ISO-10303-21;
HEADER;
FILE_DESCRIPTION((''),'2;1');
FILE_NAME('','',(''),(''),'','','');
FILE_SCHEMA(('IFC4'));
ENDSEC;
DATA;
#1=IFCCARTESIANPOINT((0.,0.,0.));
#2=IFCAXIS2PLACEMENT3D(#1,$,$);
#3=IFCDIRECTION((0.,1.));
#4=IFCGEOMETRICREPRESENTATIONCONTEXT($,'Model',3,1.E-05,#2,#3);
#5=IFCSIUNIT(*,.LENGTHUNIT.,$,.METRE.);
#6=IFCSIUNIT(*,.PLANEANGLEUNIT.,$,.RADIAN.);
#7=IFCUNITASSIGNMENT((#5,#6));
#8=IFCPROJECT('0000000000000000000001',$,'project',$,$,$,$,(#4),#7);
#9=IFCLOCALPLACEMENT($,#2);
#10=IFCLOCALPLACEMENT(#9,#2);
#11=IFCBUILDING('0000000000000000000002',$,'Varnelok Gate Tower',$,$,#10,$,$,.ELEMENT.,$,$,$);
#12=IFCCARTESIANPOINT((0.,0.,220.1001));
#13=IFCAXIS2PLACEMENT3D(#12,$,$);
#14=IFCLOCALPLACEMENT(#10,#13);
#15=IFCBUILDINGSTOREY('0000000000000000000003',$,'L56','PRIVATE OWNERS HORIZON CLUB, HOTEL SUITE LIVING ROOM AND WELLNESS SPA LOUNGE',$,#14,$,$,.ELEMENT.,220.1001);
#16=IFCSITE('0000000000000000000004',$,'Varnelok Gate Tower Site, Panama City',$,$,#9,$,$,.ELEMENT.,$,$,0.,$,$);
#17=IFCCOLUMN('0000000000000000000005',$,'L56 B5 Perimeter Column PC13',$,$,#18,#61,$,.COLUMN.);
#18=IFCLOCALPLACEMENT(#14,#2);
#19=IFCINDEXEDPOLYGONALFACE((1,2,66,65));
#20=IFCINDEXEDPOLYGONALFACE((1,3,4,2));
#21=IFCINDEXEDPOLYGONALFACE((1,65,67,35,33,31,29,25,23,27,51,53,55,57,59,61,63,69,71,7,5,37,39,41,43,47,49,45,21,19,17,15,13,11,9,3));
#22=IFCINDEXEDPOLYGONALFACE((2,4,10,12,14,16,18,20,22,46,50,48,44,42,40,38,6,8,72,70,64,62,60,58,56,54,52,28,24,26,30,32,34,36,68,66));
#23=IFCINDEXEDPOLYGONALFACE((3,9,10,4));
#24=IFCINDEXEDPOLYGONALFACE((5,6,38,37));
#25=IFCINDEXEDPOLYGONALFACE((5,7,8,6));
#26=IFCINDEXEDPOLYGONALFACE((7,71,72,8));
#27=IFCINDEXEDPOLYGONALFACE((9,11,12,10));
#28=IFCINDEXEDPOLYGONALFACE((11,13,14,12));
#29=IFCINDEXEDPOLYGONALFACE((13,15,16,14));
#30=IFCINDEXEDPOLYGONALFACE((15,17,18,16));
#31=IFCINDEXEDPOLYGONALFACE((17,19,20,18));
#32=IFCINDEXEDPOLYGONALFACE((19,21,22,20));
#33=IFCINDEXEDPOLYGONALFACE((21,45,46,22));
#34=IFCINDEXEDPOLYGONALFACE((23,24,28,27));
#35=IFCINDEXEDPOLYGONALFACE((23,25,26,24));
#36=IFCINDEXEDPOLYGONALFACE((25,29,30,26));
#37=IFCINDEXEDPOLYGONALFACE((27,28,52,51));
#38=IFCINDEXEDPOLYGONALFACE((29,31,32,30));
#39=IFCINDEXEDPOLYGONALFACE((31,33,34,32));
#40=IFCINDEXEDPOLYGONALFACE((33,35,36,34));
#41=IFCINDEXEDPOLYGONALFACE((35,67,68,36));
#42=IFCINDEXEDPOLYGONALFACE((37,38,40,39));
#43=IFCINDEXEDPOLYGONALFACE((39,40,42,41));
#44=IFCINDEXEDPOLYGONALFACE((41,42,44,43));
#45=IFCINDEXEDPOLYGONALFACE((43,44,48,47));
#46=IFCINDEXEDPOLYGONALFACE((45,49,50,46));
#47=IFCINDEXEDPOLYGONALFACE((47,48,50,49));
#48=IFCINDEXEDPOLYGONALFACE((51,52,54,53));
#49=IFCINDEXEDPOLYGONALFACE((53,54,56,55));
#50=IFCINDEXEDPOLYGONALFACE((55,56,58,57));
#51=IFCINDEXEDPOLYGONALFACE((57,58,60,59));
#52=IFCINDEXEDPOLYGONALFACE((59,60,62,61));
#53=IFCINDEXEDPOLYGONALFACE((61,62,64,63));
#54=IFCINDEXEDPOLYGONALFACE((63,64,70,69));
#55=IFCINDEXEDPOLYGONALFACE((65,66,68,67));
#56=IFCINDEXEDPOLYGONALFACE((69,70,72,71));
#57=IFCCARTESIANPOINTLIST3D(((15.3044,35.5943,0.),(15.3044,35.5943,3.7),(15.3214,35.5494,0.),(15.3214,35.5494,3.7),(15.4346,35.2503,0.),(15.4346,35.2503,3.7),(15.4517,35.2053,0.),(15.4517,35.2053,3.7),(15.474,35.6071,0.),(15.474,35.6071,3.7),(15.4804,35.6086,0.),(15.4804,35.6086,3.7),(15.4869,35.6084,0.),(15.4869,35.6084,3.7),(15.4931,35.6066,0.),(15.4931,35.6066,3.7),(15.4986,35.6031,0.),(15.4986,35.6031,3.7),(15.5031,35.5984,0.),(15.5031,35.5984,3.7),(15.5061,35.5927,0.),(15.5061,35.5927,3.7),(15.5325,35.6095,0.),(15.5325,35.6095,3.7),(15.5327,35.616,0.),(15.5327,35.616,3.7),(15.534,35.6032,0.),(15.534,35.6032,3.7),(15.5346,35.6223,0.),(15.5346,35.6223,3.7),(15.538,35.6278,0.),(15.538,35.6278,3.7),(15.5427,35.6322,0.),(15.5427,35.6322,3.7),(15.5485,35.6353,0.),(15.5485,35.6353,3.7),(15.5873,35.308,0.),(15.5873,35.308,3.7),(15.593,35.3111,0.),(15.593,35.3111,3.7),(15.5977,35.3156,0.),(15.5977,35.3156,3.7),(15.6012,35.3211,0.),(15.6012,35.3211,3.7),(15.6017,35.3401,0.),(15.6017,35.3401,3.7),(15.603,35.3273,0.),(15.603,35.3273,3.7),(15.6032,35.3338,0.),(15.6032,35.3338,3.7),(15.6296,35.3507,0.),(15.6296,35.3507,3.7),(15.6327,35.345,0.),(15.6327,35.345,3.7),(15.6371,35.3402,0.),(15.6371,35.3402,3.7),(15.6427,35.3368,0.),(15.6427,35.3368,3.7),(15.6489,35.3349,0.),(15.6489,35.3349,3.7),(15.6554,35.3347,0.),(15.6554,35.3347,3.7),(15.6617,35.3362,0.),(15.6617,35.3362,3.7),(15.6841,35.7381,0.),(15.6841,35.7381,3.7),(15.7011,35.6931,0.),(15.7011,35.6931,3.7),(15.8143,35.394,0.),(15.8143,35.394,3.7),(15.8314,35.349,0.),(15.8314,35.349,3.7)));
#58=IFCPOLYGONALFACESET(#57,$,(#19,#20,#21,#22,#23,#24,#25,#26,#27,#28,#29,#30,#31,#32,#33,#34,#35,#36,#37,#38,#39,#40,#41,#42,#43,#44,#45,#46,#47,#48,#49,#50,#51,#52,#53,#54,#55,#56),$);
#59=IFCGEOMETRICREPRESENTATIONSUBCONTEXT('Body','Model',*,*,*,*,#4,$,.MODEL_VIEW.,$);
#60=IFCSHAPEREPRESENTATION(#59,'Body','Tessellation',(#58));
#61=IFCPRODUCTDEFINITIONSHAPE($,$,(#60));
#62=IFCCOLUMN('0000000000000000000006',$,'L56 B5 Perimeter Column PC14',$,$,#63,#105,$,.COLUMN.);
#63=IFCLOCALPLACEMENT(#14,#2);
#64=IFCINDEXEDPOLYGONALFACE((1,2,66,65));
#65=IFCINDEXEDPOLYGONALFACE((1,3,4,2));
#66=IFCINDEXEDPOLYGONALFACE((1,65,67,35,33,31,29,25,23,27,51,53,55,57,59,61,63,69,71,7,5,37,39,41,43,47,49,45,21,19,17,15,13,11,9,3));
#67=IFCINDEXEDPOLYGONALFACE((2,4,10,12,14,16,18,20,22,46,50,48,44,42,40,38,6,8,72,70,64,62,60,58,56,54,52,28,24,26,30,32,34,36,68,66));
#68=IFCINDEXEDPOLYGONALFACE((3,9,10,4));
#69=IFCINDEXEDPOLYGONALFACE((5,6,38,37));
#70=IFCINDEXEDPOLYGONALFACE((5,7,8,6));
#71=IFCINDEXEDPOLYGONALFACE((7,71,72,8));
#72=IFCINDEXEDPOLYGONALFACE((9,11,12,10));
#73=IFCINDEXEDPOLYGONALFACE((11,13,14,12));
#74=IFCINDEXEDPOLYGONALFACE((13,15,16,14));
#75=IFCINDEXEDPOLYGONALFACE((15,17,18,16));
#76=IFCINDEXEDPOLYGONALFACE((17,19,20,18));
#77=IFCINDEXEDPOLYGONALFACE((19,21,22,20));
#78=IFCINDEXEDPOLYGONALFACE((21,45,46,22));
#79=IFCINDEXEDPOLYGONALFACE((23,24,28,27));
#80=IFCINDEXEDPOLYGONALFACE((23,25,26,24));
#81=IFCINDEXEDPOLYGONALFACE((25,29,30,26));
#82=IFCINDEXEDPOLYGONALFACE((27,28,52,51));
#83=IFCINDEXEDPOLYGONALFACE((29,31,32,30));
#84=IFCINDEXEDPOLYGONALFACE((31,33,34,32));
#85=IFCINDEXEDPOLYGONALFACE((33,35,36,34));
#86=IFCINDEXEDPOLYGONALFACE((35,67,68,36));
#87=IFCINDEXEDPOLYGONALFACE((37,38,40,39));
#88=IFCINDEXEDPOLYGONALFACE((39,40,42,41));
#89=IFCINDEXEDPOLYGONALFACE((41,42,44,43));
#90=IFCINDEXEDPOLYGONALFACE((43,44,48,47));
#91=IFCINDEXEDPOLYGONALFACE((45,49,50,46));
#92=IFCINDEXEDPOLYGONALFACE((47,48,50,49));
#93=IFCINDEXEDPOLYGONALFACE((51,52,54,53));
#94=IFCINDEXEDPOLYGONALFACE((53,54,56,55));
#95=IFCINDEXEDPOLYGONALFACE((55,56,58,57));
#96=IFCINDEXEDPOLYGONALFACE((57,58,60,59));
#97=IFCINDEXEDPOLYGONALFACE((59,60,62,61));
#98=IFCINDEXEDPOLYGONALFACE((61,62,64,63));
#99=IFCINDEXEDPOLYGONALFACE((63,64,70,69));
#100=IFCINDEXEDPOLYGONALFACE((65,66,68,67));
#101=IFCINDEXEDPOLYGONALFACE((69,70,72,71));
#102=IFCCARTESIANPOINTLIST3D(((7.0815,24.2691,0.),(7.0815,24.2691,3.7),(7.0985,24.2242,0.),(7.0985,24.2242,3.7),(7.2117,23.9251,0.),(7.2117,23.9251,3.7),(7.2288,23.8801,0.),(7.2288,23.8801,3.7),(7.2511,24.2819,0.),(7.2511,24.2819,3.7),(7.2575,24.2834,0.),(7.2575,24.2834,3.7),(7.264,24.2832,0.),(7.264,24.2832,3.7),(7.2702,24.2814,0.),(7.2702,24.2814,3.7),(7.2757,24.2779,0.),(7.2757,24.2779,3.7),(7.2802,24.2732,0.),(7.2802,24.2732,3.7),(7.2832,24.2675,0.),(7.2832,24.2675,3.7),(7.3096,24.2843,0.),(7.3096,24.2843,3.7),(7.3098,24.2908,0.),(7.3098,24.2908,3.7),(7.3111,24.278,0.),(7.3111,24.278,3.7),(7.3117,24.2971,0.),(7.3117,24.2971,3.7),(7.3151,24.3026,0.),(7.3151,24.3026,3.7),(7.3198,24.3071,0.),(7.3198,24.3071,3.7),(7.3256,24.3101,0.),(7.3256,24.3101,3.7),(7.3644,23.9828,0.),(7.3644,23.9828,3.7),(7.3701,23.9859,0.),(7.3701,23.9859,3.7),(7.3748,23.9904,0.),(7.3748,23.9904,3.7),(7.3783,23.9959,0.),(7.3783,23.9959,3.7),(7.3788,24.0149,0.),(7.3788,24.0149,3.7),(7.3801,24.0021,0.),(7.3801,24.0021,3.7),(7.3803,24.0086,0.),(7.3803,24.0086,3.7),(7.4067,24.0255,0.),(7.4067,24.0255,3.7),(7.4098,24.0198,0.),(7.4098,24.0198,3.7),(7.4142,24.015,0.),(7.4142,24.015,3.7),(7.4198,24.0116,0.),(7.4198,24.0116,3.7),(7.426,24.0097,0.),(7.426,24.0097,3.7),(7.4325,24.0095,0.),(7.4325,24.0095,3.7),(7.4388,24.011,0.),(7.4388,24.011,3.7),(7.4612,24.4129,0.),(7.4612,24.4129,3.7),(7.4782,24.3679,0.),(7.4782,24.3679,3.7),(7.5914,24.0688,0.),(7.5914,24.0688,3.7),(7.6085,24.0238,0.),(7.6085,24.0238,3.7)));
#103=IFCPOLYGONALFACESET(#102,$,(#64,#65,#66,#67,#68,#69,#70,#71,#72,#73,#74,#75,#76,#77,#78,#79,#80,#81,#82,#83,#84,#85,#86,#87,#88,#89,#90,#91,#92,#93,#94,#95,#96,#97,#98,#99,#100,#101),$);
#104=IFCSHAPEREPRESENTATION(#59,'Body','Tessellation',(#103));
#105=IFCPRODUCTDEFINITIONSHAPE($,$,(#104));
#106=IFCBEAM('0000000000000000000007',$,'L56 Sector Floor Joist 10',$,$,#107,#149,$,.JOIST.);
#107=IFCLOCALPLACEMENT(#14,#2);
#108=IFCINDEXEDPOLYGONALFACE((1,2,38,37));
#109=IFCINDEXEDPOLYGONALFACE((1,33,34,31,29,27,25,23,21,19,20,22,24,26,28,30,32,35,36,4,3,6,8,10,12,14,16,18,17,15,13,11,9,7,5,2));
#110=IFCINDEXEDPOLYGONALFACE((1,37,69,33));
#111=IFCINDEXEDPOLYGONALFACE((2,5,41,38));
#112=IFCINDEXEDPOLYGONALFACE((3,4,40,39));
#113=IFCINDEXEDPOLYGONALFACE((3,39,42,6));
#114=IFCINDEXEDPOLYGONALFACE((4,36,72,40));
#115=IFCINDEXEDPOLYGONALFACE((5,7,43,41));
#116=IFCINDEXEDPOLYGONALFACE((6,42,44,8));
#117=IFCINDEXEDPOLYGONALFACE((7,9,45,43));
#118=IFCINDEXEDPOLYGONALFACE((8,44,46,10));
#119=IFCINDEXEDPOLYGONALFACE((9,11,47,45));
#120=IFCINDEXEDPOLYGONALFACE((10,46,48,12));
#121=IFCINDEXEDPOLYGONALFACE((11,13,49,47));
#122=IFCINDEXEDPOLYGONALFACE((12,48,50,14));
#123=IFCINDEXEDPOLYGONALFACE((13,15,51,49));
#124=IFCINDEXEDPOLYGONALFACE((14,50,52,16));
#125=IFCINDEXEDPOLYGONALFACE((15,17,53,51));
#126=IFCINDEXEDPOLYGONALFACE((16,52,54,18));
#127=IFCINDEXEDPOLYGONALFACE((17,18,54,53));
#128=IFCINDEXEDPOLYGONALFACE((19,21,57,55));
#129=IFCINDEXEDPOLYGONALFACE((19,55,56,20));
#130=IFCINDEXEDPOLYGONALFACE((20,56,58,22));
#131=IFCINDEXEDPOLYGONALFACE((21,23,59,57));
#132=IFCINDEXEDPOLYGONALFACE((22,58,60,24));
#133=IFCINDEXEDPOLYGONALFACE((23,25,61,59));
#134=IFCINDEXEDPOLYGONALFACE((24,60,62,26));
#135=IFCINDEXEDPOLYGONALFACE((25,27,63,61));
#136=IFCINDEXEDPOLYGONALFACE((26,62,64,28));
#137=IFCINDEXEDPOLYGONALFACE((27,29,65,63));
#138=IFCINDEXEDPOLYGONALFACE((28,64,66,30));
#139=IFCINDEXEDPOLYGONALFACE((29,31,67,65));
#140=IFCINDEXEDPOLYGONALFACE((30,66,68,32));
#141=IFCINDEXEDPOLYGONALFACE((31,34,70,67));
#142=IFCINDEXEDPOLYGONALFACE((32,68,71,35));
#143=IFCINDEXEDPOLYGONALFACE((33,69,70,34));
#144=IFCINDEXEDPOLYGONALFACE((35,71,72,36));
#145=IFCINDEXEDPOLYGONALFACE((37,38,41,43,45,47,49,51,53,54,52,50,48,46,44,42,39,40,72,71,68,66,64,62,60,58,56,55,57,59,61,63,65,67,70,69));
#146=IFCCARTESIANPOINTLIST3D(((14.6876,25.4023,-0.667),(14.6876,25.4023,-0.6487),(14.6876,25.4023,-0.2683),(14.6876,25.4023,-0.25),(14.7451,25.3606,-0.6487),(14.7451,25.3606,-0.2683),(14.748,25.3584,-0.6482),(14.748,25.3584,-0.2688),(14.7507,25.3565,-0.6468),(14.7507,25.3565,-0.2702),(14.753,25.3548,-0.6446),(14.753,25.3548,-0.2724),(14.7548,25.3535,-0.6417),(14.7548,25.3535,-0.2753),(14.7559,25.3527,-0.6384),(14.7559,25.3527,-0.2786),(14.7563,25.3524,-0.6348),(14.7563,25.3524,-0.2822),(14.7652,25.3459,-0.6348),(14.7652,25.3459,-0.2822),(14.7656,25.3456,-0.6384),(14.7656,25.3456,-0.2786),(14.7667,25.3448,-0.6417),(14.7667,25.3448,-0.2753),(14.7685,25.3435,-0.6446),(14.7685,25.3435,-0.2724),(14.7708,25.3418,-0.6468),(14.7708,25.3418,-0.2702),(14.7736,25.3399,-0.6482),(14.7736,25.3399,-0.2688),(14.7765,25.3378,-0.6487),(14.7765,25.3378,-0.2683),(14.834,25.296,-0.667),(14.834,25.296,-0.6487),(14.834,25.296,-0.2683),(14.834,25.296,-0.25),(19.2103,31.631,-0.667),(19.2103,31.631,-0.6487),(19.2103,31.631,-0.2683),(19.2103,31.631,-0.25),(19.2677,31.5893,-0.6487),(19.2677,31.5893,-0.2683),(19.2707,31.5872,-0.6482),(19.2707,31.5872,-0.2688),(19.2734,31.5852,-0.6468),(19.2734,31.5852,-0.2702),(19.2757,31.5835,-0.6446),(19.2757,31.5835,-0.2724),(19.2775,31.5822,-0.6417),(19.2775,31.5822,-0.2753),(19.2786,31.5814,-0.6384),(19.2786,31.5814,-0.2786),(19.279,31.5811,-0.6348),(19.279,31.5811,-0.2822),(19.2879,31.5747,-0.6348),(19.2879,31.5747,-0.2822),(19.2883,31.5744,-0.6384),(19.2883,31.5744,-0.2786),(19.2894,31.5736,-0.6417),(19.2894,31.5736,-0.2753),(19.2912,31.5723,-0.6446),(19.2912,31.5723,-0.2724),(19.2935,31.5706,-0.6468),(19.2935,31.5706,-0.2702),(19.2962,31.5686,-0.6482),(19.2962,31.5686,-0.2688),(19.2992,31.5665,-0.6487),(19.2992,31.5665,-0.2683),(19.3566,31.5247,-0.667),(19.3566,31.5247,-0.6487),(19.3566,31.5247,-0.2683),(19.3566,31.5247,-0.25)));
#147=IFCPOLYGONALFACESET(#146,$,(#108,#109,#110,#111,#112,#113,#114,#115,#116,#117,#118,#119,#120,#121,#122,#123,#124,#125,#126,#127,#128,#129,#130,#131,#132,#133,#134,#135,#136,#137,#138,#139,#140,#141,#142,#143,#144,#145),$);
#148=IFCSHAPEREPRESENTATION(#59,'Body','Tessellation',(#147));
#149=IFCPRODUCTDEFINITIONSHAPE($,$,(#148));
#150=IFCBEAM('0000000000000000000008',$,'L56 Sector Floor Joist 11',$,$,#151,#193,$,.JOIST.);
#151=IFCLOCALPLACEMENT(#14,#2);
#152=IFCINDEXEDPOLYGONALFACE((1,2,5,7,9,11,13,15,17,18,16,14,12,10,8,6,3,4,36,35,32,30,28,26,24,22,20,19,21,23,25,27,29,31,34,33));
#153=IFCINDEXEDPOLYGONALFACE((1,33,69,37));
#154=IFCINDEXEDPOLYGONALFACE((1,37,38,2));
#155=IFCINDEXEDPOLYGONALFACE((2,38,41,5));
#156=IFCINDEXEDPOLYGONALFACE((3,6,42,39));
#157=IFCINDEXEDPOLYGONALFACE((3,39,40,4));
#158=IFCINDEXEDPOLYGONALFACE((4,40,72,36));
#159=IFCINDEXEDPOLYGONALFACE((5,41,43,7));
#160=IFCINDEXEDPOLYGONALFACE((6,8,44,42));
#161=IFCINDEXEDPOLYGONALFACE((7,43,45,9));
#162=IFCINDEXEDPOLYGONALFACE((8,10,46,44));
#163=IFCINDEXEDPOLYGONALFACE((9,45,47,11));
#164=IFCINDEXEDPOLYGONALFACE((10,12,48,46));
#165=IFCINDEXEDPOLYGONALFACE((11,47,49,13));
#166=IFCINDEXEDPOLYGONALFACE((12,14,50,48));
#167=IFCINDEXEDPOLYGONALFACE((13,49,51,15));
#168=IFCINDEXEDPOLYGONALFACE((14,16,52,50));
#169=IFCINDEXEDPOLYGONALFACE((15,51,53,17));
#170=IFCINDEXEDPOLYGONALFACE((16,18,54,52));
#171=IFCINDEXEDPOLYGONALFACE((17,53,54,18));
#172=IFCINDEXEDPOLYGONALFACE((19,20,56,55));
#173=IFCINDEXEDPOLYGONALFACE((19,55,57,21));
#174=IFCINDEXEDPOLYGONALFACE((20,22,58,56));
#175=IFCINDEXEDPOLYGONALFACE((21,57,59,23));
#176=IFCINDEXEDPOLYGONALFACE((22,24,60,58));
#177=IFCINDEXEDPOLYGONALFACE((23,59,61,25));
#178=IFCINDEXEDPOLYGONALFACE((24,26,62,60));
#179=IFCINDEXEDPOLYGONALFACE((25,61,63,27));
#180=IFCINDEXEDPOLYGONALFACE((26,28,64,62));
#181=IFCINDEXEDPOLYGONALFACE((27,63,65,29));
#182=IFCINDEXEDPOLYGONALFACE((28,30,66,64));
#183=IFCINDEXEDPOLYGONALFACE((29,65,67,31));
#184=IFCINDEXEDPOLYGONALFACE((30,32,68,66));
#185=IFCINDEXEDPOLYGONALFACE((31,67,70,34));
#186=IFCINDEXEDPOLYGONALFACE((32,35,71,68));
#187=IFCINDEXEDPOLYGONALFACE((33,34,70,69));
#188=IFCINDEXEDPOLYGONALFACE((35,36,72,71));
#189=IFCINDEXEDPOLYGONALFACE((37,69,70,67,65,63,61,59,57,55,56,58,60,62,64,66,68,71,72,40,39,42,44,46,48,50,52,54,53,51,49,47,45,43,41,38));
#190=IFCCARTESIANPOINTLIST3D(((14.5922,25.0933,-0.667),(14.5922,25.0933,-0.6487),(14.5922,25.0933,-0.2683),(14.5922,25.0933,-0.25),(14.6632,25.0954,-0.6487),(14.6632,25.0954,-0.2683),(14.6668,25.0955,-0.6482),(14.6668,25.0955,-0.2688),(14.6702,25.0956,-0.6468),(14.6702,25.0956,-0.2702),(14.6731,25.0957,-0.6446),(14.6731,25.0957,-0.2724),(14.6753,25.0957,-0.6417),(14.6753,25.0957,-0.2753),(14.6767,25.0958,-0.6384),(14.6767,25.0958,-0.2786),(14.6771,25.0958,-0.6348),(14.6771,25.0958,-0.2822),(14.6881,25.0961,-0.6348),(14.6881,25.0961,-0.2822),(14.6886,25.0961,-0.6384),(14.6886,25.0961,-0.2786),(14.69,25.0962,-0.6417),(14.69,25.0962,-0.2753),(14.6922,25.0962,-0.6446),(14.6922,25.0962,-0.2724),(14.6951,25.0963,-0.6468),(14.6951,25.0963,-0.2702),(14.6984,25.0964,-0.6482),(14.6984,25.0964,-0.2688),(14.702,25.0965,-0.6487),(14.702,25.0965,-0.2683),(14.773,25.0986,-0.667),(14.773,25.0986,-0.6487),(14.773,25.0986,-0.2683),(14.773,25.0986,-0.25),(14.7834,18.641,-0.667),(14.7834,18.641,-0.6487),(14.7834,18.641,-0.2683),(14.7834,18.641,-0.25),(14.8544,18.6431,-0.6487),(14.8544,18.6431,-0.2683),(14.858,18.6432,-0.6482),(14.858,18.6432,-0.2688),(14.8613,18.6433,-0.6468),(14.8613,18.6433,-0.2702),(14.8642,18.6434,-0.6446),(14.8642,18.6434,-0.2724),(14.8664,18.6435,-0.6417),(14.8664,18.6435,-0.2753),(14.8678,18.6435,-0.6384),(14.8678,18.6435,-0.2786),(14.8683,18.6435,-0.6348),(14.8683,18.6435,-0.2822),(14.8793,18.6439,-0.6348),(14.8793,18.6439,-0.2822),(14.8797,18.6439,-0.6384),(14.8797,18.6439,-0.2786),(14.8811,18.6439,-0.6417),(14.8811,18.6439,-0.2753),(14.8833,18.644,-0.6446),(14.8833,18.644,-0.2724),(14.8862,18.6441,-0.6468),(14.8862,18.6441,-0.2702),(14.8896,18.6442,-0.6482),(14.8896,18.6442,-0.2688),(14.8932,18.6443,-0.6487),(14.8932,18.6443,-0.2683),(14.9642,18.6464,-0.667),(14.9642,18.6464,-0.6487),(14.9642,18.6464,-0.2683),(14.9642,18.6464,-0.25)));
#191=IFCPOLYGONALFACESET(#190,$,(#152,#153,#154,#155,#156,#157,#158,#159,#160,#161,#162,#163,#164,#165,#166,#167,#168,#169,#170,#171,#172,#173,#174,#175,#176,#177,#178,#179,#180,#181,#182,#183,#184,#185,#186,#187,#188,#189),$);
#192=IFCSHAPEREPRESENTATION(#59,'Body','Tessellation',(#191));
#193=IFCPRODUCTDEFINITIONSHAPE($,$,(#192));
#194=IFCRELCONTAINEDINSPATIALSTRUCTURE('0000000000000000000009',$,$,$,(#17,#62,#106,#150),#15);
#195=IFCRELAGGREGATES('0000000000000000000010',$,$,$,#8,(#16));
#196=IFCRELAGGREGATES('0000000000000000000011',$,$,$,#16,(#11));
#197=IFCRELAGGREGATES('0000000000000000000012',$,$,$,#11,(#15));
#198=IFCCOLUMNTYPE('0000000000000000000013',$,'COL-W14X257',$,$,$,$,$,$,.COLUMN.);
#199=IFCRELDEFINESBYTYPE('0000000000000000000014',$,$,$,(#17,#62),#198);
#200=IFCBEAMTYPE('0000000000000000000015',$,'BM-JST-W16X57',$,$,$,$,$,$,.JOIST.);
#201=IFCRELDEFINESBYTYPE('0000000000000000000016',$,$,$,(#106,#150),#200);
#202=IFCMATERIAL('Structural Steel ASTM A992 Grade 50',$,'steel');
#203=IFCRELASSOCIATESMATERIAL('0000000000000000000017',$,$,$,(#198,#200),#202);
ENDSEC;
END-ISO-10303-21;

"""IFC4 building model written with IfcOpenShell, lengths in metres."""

from ifc_helpers import new_model, si_unit, direction, frame, origin, origin_2d, place, context, subcontext, project, spatial, i_section, extrude, material, material_profile, profile_set, type_object, element, save


model = new_model("IFC4")

# Units and contexts
model_context = context("Model", 3, precision=1e-05, world=origin(), true_north=direction((0.0, 1.0)))
body_context = subcontext(model_context, "Body", "Model", "MODEL_VIEW")
ifc_project = project(units=[si_unit("LENGTHUNIT", "METRE"), si_unit("PLANEANGLEUNIT", "RADIAN")], contexts=[model_context])

# Site, building, storey
site_placement = place(None, origin())
site = spatial("IfcSite", under=ifc_project, at=site_placement, Name="Varnelok Gate Tower Site, Panama City", CompositionType="ELEMENT", RefElevation=0.0)
building_placement = place(site_placement, origin())
building = spatial("IfcBuilding", under=site, at=building_placement, Name="Varnelok Gate Tower", CompositionType="ELEMENT")
storey_placement = place(building_placement, frame((0.0, 0.0, 220.1001)))
storey = spatial("IfcBuildingStorey", under=building, at=storey_placement, Name="L56", Description="PRIVATE OWNERS HORIZON CLUB, HOTEL SUITE LIVING ROOM AND WELLNESS SPA LOUNGE", CompositionType="ELEMENT", Elevation=220.1001)

# Columns
ifc_material_1 = material(Name="Structural Steel ASTM A992 Grade 50", Category="steel")
ifc_material_profile_1 = material_profile(ifc_material_1, i_section(OverallWidth=0.406, OverallDepth=0.416, WebThickness=0.0298, FlangeThickness=0.0481, FilletRadius=0.0249, at=origin_2d()), Name="W14X257")
ifc_profile_set_1 = profile_set([ifc_material_profile_1], Name="Structural Steel ASTM A992 Grade 50")
column_type = type_object("IfcColumnType", Name="COL-W14X257", PredefinedType="COLUMN", material=ifc_profile_set_1)
for number, where, z_axis, x_axis, name in (
    (1, (15.5679, 35.4717, 0.0), (0.0, 0.0, 1.0), (0.935222, 0.354063, 0.0), "L56 B5 Perimeter Column PC13"),
    (2, (7.345, 24.1465, 0.0), (0.0, 0.0, 1.0), (0.935222, 0.354063, 0.0), "L56 B5 Perimeter Column PC14"),
):
    element("IfcColumn", number, at=place(storey_placement, frame(where, z_axis=z_axis, x_axis=x_axis)), inside=storey, type_object=column_type, Name=name, PredefinedType="COLUMN", context=body_context, shape_type="SweptSolid", body=[
        extrude(i_section(OverallWidth=0.406, OverallDepth=0.416, WebThickness=0.0298, FlangeThickness=0.0481, FilletRadius=0.0249, at=origin_2d()), origin(), (0.0, 0.0, 1.0), 3.7),
    ])

# Beams
ifc_material_profile_2 = material_profile(ifc_material_1, i_section(OverallWidth=0.1809, OverallDepth=0.417, WebThickness=0.011, FlangeThickness=0.0183, FilletRadius=0.0139, at=origin_2d()), Name="W16X57")
ifc_profile_set_2 = profile_set([ifc_material_profile_2], Name="Structural Steel ASTM A992 Grade 50")
beam_type_1 = type_object("IfcBeamType", Name="BM-JST-W16X57", PredefinedType="JOIST", material=ifc_profile_set_2)
beam_1_placement = place(storey_placement, frame((19.2834, 31.5779, -0.4585), z_axis=(-0.587551, -0.809187, 0.0), x_axis=(0.809187, -0.587551, 0.0)))
element("IfcBeam", 3, at=beam_1_placement, inside=storey, type_object=beam_type_1, Name="L56 Sector Floor Joist 10", PredefinedType="JOIST", context=body_context, shape_type="SweptSolid", body=[
    extrude(i_section(OverallWidth=0.1809, OverallDepth=0.417, WebThickness=0.011, FlangeThickness=0.0183, FilletRadius=0.0139, at=origin_2d()), origin(), (0.0, 0.0, 1.0), 7.6975),
])
beam_2_placement = place(storey_placement, frame((14.6826, 25.0959, -0.4585), z_axis=(0.029615, -0.999561, 0.0), x_axis=(0.999561, 0.029615, 0.0)))
element("IfcBeam", 4, at=beam_2_placement, inside=storey, type_object=beam_type_1, Name="L56 Sector Floor Joist 11", PredefinedType="JOIST", context=body_context, shape_type="SweptSolid", body=[
    extrude(i_section(OverallWidth=0.1809, OverallDepth=0.417, WebThickness=0.011, FlangeThickness=0.0183, FilletRadius=0.0139, at=origin_2d()), origin(), (0.0, 0.0, 1.0), 6.4551),
])

save(model, "model.ifc")
